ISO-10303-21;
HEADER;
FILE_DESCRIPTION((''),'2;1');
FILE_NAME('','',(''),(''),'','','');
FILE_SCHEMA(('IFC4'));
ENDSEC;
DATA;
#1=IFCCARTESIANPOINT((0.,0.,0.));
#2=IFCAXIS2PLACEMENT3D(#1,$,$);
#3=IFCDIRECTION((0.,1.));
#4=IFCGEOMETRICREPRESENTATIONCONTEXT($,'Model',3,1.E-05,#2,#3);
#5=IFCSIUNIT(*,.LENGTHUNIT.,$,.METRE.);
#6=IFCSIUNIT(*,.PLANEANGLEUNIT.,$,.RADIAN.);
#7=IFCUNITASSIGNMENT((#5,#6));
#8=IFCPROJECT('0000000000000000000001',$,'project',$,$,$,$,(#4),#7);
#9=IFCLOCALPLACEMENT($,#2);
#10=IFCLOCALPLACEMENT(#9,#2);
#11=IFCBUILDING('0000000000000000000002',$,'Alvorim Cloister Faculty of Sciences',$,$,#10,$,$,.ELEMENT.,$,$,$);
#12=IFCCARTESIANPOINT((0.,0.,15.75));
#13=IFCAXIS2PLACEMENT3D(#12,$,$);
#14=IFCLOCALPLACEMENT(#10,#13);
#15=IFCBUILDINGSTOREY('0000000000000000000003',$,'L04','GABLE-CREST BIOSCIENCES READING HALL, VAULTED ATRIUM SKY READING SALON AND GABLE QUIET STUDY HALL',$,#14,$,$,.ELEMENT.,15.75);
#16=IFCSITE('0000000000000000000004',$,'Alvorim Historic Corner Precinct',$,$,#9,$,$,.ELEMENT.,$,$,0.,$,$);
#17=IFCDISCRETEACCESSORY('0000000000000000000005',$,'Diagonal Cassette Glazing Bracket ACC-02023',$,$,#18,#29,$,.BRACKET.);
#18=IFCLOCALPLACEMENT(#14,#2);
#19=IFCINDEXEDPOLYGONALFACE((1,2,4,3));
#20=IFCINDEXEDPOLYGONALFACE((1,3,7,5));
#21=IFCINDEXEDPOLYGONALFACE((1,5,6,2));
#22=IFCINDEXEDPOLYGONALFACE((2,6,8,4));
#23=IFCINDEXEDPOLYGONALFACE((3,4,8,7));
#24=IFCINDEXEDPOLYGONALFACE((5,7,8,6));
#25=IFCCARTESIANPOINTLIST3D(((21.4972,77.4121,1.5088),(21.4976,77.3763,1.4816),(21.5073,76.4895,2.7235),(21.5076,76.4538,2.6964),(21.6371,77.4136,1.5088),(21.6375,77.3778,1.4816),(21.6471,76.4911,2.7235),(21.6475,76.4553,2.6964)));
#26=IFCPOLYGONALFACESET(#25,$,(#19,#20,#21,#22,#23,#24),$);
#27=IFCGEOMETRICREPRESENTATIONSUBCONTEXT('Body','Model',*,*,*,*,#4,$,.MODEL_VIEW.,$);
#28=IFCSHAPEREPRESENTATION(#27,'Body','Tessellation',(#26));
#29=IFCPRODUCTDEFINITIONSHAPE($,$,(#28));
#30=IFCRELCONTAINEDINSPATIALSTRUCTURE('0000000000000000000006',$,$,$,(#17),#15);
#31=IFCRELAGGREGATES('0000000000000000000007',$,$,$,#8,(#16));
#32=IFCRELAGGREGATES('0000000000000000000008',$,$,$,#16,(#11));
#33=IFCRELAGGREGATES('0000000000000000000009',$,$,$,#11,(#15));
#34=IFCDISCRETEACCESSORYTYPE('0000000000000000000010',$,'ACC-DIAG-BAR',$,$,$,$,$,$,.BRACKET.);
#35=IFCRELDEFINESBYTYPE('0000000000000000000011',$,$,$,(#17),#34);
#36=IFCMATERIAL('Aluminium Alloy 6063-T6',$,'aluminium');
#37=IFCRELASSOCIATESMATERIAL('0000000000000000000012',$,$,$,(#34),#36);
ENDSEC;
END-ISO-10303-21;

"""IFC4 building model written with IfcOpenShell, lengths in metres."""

from ifc_helpers import new_model, si_unit, direction, frame, origin, origin_2d, place, context, subcontext, project, spatial, rectangle, extrude, material, type_object, element, save


model = new_model("IFC4")

# Units and contexts
model_context = context("Model", 3, precision=1e-05, world=origin(), true_north=direction((0.0, 1.0)))
body_context = subcontext(model_context, "Body", "Model", "MODEL_VIEW")
ifc_project = project(units=[si_unit("LENGTHUNIT", "METRE"), si_unit("PLANEANGLEUNIT", "RADIAN")], contexts=[model_context])

# Site, building, storey
site_placement = place(None, origin())
site = spatial("IfcSite", under=ifc_project, at=site_placement, Name="Alvorim Historic Corner Precinct", CompositionType="ELEMENT", RefElevation=0.0)
building_placement = place(site_placement, origin())
building = spatial("IfcBuilding", under=site, at=building_placement, Name="Alvorim Cloister Faculty of Sciences", CompositionType="ELEMENT")
storey_placement = place(building_placement, frame((0.0, 0.0, 15.75)))
storey = spatial("IfcBuildingStorey", under=building, at=storey_placement, Name="L04", Description="GABLE-CREST BIOSCIENCES READING HALL, VAULTED ATRIUM SKY READING SALON AND GABLE QUIET STUDY HALL", CompositionType="ELEMENT", Elevation=15.75)

# Discrete accessory
ifc_material_1 = material(Name="Aluminium Alloy 6063-T6", Category="aluminium")
discrete_accessory_type = type_object("IfcDiscreteAccessoryType", Name="ACC-DIAG-BAR", PredefinedType="BRACKET", material=ifc_material_1)
discrete_accessory_1_placement = place(storey_placement, frame((21.5774, 76.4724, 2.71), z_axis=(-0.006562, 0.60479, -0.796358), x_axis=(-0.999941, -0.010849, 0.0)))
element("IfcDiscreteAccessory", 1, at=discrete_accessory_1_placement, inside=storey, type_object=discrete_accessory_type, Name="Diagonal Cassette Glazing Bracket ACC-02023", PredefinedType="BRACKET", context=body_context, shape_type="SweptSolid", body=[
    extrude(rectangle(XDim=0.1399, YDim=0.0449, at=origin_2d()), origin(), (0.0, 0.0, 1.0), 1.5254),
])

save(model, "model.ifc")
